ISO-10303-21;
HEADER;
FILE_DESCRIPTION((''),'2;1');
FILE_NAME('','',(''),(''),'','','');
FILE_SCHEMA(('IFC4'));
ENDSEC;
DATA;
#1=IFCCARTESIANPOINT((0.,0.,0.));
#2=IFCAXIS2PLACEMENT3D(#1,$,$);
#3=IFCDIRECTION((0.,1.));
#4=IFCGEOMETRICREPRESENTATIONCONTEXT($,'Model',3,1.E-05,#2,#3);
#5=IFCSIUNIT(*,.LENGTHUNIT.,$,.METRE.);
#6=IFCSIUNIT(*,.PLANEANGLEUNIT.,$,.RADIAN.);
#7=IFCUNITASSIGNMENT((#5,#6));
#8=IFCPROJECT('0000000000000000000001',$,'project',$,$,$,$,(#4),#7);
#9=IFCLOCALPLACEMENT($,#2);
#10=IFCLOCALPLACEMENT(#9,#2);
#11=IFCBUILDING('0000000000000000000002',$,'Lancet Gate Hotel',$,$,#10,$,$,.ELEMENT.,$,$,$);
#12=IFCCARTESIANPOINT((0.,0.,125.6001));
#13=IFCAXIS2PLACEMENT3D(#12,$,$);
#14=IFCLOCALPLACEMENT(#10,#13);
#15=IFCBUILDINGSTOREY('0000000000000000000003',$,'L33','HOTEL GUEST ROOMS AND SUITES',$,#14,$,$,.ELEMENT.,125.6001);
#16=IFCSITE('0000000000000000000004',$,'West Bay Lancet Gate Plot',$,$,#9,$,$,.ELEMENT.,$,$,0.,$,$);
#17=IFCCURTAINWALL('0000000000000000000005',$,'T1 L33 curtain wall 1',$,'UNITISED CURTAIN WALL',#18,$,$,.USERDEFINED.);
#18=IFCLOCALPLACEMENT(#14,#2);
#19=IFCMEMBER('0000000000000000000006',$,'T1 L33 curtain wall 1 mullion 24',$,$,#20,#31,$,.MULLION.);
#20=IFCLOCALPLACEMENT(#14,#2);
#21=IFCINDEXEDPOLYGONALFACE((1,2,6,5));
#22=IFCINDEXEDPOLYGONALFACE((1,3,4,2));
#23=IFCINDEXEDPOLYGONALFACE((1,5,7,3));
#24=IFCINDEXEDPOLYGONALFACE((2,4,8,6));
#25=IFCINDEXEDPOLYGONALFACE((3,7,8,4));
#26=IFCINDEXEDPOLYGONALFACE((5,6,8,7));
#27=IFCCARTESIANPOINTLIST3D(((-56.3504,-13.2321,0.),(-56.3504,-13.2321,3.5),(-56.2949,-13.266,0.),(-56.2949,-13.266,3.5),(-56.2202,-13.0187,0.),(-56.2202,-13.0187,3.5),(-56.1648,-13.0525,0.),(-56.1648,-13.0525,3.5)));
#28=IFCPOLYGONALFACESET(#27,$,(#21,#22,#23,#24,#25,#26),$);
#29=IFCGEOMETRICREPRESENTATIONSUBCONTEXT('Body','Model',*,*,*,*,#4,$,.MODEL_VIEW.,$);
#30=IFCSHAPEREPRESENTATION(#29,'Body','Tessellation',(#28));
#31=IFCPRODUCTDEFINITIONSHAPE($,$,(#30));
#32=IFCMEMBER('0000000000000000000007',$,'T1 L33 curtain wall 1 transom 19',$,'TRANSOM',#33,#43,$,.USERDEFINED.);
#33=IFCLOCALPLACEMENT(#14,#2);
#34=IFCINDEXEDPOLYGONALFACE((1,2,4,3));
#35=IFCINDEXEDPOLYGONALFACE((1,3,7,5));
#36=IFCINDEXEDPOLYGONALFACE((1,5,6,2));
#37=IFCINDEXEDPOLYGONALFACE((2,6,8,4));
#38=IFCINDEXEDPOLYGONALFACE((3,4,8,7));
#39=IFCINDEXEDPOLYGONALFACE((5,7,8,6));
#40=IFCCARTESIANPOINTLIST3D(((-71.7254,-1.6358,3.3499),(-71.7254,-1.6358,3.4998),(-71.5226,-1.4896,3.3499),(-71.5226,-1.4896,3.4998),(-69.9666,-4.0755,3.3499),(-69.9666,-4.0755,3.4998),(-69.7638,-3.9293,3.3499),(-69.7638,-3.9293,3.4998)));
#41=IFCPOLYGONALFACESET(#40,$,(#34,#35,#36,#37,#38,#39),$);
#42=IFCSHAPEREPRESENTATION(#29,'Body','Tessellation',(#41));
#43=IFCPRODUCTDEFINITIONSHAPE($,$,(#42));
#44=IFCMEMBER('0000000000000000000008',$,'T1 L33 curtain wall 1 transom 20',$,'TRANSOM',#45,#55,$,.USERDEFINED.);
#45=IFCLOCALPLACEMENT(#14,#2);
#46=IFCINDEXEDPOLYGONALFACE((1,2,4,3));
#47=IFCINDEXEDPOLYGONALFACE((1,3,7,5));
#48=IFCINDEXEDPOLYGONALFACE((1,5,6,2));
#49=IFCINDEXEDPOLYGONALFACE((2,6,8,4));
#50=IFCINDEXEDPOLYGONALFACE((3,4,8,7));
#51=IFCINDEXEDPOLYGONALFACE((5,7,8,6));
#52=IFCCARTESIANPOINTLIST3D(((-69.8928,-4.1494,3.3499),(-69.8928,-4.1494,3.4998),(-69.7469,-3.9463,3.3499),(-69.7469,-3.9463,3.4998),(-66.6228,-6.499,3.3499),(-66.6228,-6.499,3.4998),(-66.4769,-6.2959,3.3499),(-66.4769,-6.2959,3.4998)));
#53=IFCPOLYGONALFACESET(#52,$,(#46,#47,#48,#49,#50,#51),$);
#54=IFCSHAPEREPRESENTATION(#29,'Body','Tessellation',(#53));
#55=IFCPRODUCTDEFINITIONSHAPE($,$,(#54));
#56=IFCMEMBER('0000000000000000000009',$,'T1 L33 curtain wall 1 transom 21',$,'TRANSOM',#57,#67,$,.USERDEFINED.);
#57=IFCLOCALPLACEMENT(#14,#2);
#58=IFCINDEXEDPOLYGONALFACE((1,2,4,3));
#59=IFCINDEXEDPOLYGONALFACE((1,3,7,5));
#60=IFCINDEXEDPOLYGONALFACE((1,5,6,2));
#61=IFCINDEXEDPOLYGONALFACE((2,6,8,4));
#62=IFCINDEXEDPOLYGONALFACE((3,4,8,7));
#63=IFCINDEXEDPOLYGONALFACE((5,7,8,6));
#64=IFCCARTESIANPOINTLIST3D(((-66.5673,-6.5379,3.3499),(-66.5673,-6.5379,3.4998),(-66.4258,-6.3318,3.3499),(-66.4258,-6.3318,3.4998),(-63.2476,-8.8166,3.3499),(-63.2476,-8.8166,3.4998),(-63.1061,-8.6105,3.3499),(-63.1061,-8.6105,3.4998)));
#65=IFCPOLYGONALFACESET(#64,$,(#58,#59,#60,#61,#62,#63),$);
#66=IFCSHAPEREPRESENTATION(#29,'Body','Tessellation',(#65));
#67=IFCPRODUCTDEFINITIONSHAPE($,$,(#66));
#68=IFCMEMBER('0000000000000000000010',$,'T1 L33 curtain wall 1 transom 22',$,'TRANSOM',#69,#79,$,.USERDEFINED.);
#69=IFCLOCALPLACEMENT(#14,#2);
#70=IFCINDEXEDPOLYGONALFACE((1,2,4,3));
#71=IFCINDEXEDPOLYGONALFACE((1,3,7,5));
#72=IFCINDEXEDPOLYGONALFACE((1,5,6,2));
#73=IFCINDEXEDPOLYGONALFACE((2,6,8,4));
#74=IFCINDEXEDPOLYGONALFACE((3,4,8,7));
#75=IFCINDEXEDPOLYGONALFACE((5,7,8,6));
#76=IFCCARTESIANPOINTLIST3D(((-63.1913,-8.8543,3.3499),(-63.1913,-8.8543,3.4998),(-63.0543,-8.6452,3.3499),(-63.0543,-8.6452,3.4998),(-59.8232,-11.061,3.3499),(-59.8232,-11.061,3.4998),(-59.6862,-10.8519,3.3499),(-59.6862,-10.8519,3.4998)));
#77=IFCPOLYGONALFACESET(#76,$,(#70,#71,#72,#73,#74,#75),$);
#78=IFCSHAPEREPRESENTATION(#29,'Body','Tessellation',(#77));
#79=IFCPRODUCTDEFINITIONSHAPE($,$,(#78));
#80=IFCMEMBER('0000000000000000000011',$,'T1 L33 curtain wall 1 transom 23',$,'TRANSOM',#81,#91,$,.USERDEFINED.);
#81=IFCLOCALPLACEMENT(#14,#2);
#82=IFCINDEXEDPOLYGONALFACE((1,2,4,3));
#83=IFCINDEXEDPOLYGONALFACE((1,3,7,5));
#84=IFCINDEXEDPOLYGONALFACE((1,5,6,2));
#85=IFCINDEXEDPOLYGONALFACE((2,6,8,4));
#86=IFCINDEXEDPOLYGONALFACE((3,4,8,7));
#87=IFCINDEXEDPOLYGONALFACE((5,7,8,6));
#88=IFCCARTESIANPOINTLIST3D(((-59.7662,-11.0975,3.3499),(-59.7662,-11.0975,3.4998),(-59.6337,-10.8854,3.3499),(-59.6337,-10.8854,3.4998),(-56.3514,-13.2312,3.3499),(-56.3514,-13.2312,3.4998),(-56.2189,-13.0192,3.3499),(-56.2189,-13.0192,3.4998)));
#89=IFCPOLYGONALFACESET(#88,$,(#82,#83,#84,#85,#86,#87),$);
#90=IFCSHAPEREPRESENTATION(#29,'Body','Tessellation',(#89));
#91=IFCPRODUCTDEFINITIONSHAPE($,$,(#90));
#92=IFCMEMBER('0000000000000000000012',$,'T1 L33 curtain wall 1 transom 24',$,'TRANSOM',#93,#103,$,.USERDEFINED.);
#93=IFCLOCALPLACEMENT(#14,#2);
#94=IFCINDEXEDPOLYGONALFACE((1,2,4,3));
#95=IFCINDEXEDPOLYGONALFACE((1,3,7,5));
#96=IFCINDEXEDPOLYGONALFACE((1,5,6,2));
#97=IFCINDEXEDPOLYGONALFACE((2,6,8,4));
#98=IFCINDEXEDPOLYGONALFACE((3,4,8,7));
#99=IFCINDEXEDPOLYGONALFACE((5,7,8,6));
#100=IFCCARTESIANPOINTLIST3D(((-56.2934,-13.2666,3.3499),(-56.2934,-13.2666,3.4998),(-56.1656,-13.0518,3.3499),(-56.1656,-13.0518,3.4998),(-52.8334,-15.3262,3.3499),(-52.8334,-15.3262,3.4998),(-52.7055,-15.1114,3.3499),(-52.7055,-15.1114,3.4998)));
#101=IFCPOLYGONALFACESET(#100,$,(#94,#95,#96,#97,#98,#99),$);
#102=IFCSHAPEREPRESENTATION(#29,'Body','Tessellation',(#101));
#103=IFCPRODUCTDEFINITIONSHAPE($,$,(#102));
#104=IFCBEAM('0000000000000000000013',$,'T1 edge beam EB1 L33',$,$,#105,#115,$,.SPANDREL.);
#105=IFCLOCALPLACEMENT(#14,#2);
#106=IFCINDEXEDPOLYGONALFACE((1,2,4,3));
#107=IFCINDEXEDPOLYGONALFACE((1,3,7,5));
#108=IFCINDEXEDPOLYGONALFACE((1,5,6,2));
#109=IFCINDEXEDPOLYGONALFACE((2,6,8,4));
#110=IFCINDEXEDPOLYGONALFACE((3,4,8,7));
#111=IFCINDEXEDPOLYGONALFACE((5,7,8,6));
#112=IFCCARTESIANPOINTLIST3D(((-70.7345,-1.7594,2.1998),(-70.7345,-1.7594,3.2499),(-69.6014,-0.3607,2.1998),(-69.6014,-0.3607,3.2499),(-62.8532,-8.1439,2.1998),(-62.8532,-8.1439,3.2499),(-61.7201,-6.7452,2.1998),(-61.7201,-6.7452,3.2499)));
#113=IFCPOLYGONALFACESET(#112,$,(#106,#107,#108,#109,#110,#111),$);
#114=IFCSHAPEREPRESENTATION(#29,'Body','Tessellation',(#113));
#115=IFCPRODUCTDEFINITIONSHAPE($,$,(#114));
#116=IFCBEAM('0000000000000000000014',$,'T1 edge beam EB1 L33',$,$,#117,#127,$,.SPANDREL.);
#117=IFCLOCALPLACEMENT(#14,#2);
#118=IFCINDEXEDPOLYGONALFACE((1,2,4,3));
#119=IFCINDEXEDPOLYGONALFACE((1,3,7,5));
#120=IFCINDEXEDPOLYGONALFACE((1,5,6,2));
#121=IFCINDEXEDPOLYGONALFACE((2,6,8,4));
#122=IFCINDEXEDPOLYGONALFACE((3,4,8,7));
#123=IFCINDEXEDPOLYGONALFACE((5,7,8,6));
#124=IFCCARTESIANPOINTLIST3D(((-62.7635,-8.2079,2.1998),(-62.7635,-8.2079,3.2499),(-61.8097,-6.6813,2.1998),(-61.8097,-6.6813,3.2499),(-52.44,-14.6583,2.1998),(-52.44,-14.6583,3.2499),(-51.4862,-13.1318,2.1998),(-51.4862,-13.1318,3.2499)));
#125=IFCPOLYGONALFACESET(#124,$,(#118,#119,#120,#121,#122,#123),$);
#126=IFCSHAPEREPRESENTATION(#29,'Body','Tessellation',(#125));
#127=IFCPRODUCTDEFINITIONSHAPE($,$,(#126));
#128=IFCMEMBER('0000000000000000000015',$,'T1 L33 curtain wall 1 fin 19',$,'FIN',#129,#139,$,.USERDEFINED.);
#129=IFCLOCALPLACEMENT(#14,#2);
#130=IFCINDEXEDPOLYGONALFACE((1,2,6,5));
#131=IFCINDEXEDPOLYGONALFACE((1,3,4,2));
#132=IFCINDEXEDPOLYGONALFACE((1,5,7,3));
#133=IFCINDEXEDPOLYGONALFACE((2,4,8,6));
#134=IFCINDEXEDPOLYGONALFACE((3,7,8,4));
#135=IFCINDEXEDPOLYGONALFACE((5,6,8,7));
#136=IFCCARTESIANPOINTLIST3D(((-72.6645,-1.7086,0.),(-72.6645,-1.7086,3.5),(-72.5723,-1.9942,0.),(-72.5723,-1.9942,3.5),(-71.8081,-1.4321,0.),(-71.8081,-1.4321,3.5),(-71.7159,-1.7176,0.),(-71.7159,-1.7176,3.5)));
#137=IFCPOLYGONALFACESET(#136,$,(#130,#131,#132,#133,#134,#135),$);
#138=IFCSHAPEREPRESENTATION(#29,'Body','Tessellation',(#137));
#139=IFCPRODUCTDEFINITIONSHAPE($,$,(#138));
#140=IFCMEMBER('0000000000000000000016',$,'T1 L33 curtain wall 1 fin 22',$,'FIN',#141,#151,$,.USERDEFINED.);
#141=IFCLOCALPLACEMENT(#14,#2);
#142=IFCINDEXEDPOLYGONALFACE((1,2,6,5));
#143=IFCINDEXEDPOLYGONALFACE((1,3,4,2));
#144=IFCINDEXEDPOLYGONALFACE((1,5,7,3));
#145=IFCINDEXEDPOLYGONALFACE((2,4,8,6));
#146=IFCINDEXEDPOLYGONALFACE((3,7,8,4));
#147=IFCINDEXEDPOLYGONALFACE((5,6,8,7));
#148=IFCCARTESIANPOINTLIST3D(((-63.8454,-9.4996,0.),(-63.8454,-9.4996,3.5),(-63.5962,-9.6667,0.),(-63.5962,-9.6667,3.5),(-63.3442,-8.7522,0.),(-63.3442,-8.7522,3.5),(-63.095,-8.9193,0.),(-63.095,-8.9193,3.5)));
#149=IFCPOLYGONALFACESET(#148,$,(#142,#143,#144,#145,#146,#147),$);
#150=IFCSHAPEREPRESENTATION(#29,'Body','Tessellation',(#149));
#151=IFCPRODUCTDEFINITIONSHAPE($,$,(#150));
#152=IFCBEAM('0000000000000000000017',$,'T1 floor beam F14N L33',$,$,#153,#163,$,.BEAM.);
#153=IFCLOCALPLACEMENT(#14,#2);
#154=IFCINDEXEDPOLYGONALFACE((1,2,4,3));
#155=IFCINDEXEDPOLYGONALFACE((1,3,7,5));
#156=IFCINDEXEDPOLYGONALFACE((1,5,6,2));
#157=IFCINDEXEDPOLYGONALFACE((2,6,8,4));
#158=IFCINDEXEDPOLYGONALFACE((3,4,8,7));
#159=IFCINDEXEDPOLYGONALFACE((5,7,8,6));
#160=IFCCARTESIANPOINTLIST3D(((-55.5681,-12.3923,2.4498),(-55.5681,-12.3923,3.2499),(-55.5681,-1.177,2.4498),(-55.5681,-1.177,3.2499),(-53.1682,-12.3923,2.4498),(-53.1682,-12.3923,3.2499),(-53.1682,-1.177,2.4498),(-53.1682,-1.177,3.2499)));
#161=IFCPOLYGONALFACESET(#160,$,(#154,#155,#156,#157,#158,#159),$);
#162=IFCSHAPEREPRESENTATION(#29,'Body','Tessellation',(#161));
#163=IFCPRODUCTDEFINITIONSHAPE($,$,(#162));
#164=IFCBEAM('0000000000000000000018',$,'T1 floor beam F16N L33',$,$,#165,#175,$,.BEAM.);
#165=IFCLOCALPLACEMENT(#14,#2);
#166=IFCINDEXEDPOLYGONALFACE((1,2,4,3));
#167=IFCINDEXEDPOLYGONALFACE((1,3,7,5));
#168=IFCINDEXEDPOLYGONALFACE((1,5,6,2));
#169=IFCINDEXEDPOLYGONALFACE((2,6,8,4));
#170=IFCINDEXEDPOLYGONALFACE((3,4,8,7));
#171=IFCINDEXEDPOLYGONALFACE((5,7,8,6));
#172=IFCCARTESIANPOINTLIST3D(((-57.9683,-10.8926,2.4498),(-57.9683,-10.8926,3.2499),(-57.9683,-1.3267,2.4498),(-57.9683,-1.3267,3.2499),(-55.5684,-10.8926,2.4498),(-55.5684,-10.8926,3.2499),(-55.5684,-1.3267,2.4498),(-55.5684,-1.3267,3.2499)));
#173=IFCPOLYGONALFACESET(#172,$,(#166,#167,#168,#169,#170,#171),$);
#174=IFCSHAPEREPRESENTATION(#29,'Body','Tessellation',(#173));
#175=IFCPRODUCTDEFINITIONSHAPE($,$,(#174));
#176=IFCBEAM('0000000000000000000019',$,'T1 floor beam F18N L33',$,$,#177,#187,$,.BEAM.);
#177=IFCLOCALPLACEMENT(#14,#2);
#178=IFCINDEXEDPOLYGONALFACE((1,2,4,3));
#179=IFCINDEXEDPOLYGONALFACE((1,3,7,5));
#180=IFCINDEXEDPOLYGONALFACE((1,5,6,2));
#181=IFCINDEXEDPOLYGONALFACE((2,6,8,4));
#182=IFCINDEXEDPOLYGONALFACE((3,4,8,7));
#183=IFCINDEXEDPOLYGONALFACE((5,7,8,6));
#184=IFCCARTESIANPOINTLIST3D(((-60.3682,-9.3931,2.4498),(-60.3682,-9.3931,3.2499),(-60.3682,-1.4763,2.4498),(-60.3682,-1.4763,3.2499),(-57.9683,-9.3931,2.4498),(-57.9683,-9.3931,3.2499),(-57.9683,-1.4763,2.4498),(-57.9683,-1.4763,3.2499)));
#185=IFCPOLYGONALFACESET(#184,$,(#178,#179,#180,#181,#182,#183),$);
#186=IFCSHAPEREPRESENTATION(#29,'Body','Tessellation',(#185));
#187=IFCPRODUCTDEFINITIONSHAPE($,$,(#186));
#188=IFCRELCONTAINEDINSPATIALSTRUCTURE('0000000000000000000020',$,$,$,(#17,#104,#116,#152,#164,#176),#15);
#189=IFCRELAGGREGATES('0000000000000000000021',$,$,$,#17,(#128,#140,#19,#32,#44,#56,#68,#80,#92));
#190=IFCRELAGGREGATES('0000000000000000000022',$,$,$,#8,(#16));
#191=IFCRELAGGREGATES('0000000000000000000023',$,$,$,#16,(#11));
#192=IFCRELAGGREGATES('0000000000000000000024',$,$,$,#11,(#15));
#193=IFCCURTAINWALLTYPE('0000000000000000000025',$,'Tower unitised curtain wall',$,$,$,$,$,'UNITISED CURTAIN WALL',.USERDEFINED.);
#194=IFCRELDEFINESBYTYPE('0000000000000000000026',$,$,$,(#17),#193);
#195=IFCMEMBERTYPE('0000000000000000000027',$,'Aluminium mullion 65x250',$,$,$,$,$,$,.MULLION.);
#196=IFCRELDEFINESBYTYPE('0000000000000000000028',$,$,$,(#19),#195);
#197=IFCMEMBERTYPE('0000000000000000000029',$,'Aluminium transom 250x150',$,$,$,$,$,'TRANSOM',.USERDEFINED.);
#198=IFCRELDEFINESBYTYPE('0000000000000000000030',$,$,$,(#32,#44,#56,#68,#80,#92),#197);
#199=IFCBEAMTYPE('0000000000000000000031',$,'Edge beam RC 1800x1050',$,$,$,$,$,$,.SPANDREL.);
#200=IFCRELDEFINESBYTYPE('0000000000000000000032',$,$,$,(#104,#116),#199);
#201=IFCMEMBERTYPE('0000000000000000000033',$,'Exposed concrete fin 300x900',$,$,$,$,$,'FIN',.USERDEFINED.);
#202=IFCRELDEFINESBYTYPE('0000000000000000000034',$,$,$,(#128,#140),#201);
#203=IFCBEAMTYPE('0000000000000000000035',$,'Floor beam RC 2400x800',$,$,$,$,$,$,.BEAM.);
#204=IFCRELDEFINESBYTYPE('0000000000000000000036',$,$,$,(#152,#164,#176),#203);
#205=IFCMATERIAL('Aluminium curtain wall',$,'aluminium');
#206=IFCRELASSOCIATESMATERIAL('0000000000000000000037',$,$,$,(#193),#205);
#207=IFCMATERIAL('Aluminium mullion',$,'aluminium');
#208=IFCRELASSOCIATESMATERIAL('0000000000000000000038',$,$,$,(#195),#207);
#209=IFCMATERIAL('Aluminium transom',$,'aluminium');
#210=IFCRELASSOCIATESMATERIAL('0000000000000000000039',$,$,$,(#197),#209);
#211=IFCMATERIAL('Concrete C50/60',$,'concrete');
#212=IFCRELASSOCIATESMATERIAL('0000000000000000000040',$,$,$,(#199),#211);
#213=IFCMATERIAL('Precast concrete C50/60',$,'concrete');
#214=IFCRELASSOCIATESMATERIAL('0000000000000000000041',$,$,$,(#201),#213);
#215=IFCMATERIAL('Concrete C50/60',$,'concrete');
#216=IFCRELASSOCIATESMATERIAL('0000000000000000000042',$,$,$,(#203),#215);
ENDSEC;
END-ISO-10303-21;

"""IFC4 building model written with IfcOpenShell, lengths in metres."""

from ifc_helpers import new_model, si_unit, direction, frame, origin, origin_2d, place, context, subcontext, project, spatial, rectangle, extrude, material, material_profile, profile_set, type_object, element, aggregate, save


model = new_model("IFC4")

# Units and contexts
model_context = context("Model", 3, precision=1e-05, world=origin(), true_north=direction((0.0, 1.0)))
body_context = subcontext(model_context, "Body", "Model", "MODEL_VIEW")
ifc_project = project(units=[si_unit("LENGTHUNIT", "METRE"), si_unit("PLANEANGLEUNIT", "RADIAN")], contexts=[model_context])

# Site, building, storey
site_placement = place(None, origin())
site = spatial("IfcSite", under=ifc_project, at=site_placement, Name="West Bay Lancet Gate Plot", CompositionType="ELEMENT", RefElevation=0.0)
building_placement = place(site_placement, origin())
building = spatial("IfcBuilding", under=site, at=building_placement, Name="Lancet Gate Hotel", CompositionType="ELEMENT")
storey_placement = place(building_placement, frame((0.0, 0.0, 125.6001)))
storey = spatial("IfcBuildingStorey", under=building, at=storey_placement, Name="L33", Description="HOTEL GUEST ROOMS AND SUITES", CompositionType="ELEMENT", Elevation=125.6001)

# Curtain wall, members
ifc_material_1 = material(Name="Aluminium curtain wall", Category="aluminium")
curtain_wall_type = type_object("IfcCurtainWallType", Name="Tower unitised curtain wall", ElementType="UNITISED CURTAIN WALL", PredefinedType="USERDEFINED", material=ifc_material_1)
curtain_wall_placement = place(storey_placement, origin())
curtain_wall = element("IfcCurtainWall", 1, at=curtain_wall_placement, inside=storey, type_object=curtain_wall_type, Name="T1 L33 curtain wall 1", ObjectType="UNITISED CURTAIN WALL", PredefinedType="USERDEFINED")
ifc_material_2 = material(Name="Aluminium mullion", Category="aluminium")
ifc_material_profile_1 = material_profile(ifc_material_2, rectangle(XDim=0.0649, YDim=0.25, at=origin_2d()), Name="MULLION 65x250")
ifc_profile_set_1 = profile_set([ifc_material_profile_1], Name="Aluminium mullion")
member_type_1 = type_object("IfcMemberType", Name="Aluminium mullion 65x250", PredefinedType="MULLION", material=ifc_profile_set_1)
member_1_placement = place(storey_placement, frame((-56.2576, -13.1423, 0.0), z_axis=(0.0, 0.0, 1.0), x_axis=(0.853716, -0.520739, 0.0)))
member_1 = element("IfcMember", 2, at=member_1_placement, type_object=member_type_1, Name="T1 L33 curtain wall 1 mullion 24", PredefinedType="MULLION", context=body_context, shape_type="SweptSolid", body=[
    extrude(rectangle(XDim=0.0649, YDim=0.25, at=origin_2d()), origin(), (0.0, 0.0, 1.0), 3.5),
])
ifc_material_3 = material(Name="Aluminium transom", Category="aluminium")
ifc_material_profile_2 = material_profile(ifc_material_3, rectangle(XDim=0.25, YDim=0.1499, at=origin_2d()), Name="TRANSOM 250x150")
ifc_profile_set_2 = profile_set([ifc_material_profile_2], Name="Aluminium transom")
member_type_2 = type_object("IfcMemberType", Name="Aluminium transom 250x150", ElementType="TRANSOM", PredefinedType="USERDEFINED", material=ifc_profile_set_2)
member_2_placement = place(storey_placement, frame((-71.624, -1.5627, 3.4248), z_axis=(0.584788, -0.811186, 0.0), x_axis=(0.811186, 0.584788, 0.0)))
member_2 = element("IfcMember", 3, at=member_2_placement, type_object=member_type_2, Name="T1 L33 curtain wall 1 transom 19", ObjectType="TRANSOM", PredefinedType="USERDEFINED", context=body_context, shape_type="SweptSolid", body=[
    extrude(rectangle(XDim=0.25, YDim=0.1499, at=origin_2d()), origin(), (0.0, 0.0, 1.0), 3.0076),
])
member_3_placement = place(storey_placement, frame((-69.8198, -4.0479, 3.4248), z_axis=(0.8121, -0.583519, 0.0), x_axis=(0.583519, 0.8121, 0.0)))
member_3 = element("IfcMember", 4, at=member_3_placement, type_object=member_type_2, Name="T1 L33 curtain wall 1 transom 20", ObjectType="TRANSOM", PredefinedType="USERDEFINED", context=body_context, shape_type="SweptSolid", body=[
    extrude(rectangle(XDim=0.25, YDim=0.1499, at=origin_2d()), origin(), (0.0, 0.0, 1.0), 4.0266),
])
member_4_placement = place(storey_placement, frame((-66.4966, -6.4348, 3.4248), z_axis=(0.824456, -0.565927, 0.0), x_axis=(0.565927, 0.824456, 0.0)))
member_4 = element("IfcMember", 5, at=member_4_placement, type_object=member_type_2, Name="T1 L33 curtain wall 1 transom 21", ObjectType="TRANSOM", PredefinedType="USERDEFINED", context=body_context, shape_type="SweptSolid", body=[
    extrude(rectangle(XDim=0.25, YDim=0.1499, at=origin_2d()), origin(), (0.0, 0.0, 1.0), 4.0266),
])
member_5_placement = place(storey_placement, frame((-63.1228, -8.7498, 3.4248), z_axis=(0.836454, -0.548036, 0.0), x_axis=(0.548036, 0.836454, 0.0)))
member_5 = element("IfcMember", 6, at=member_5_placement, type_object=member_type_2, Name="T1 L33 curtain wall 1 transom 22", ObjectType="TRANSOM", PredefinedType="USERDEFINED", context=body_context, shape_type="SweptSolid", body=[
    extrude(rectangle(XDim=0.25, YDim=0.1499, at=origin_2d()), origin(), (0.0, 0.0, 1.0), 4.0266),
])
member_6_placement = place(storey_placement, frame((-59.7, -10.9915, 3.4248), z_axis=(0.848049, -0.529917, 0.0), x_axis=(0.529917, 0.848049, 0.0)))
member_6 = element("IfcMember", 7, at=member_6_placement, type_object=member_type_2, Name="T1 L33 curtain wall 1 transom 23", ObjectType="TRANSOM", PredefinedType="USERDEFINED", context=body_context, shape_type="SweptSolid", body=[
    extrude(rectangle(XDim=0.25, YDim=0.1499, at=origin_2d()), origin(), (0.0, 0.0, 1.0), 4.0266),
])
member_7_placement = place(storey_placement, frame((-56.2295, -13.1592, 3.4248), z_axis=(0.859285, -0.511497, 0.0), x_axis=(0.511497, 0.859285, 0.0)))
member_7 = element("IfcMember", 8, at=member_7_placement, type_object=member_type_2, Name="T1 L33 curtain wall 1 transom 24", ObjectType="TRANSOM", PredefinedType="USERDEFINED", context=body_context, shape_type="SweptSolid", body=[
    extrude(rectangle(XDim=0.25, YDim=0.1499, at=origin_2d()), origin(), (0.0, 0.0, 1.0), 4.0266),
])

# Beams
ifc_material_4 = material(Name="Concrete C50/60", Category="concrete")
ifc_material_profile_3 = material_profile(ifc_material_4, rectangle(XDim=1.8, YDim=1.05, at=origin_2d()), Name="RC 1800x1050")
ifc_profile_set_3 = profile_set([ifc_material_profile_3], Name="Concrete C50/60")
beam_type_1 = type_object("IfcBeamType", Name="Edge beam RC 1800x1050", PredefinedType="SPANDREL", material=ifc_profile_set_3)
beam_1_placement = place(storey_placement, frame((-70.168, -1.0601, 2.7249), z_axis=(0.777034, -0.629459, 0.0), x_axis=(0.629459, 0.777034, 0.0)))
element("IfcBeam", 9, at=beam_1_placement, inside=storey, type_object=beam_type_1, Name="T1 edge beam EB1 L33", PredefinedType="SPANDREL", context=body_context, shape_type="SweptSolid", body=[
    extrude(rectangle(XDim=1.8, YDim=1.05, at=origin_2d()), origin(), (0.0, 0.0, 1.0), 10.1428),
])
beam_2_placement = place(storey_placement, frame((-62.2866, -7.4446, 2.7249), z_axis=(0.848063, -0.529896, 0.0), x_axis=(0.529896, 0.848063, 0.0)))
element("IfcBeam", 10, at=beam_2_placement, inside=storey, type_object=beam_type_1, Name="T1 edge beam EB1 L33", PredefinedType="SPANDREL", context=body_context, shape_type="SweptSolid", body=[
    extrude(rectangle(XDim=1.8, YDim=1.05, at=origin_2d()), origin(), (0.0, 0.0, 1.0), 12.1731),
])

# Members
ifc_material_5 = material(Name="Precast concrete C50/60", Category="concrete")
ifc_material_profile_4 = material_profile(ifc_material_5, rectangle(XDim=0.3, YDim=0.8999, at=origin_2d()), Name="FIN 300x900")
ifc_profile_set_4 = profile_set([ifc_material_profile_4], Name="Precast concrete C50/60")
member_type_3 = type_object("IfcMemberType", Name="Exposed concrete fin 300x900", ElementType="FIN", PredefinedType="USERDEFINED", material=ifc_profile_set_4)
member_8_placement = place(storey_placement, frame((-72.1902, -1.7131, 0.0), z_axis=(0.0, 0.0, 1.0), x_axis=(0.307269, -0.951623, 0.0)))
member_8 = element("IfcMember", 11, at=member_8_placement, type_object=member_type_3, Name="T1 L33 curtain wall 1 fin 19", ObjectType="FIN", PredefinedType="USERDEFINED", context=body_context, shape_type="SweptSolid", body=[
    extrude(rectangle(XDim=0.3, YDim=0.8999, at=origin_2d()), origin(), (0.0, 0.0, 1.0), 3.5),
])
member_9_placement = place(storey_placement, frame((-63.4702, -9.2095, 0.0), z_axis=(0.0, 0.0, 1.0), x_axis=(0.83051, -0.557004, 0.0)))
member_9 = element("IfcMember", 12, at=member_9_placement, type_object=member_type_3, Name="T1 L33 curtain wall 1 fin 22", ObjectType="FIN", PredefinedType="USERDEFINED", context=body_context, shape_type="SweptSolid", body=[
    extrude(rectangle(XDim=0.3, YDim=0.8999, at=origin_2d()), origin(), (0.0, 0.0, 1.0), 3.5),
])

# Beams
ifc_material_6 = material(Name="Concrete C50/60", Category="concrete")
ifc_material_profile_5 = material_profile(ifc_material_6, rectangle(XDim=2.3999, YDim=0.8, at=origin_2d()), Name="RC 2400x800")
ifc_profile_set_5 = profile_set([ifc_material_profile_5], Name="Concrete C50/60")
beam_type_2 = type_object("IfcBeamType", Name="Floor beam RC 2400x800", PredefinedType="BEAM", material=ifc_profile_set_5)
beam_3_placement = place(storey_placement, frame((-54.3682, -1.177, 2.8499), z_axis=(0.0, -1.0, 0.0), x_axis=(1.0, 0.0, 0.0)))
element("IfcBeam", 13, at=beam_3_placement, inside=storey, type_object=beam_type_2, Name="T1 floor beam F14N L33", PredefinedType="BEAM", context=body_context, shape_type="SweptSolid", body=[
    extrude(rectangle(XDim=2.3999, YDim=0.8, at=origin_2d()), origin(), (0.0, 0.0, 1.0), 11.2153),
])
beam_4_placement = place(storey_placement, frame((-56.7683, -1.3267, 2.8499), z_axis=(0.0, -1.0, 0.0), x_axis=(1.0, 0.0, 0.0)))
element("IfcBeam", 14, at=beam_4_placement, inside=storey, type_object=beam_type_2, Name="T1 floor beam F16N L33", PredefinedType="BEAM", context=body_context, shape_type="SweptSolid", body=[
    extrude(rectangle(XDim=2.3999, YDim=0.8, at=origin_2d()), origin(), (0.0, 0.0, 1.0), 9.5659),
])
beam_5_placement = place(storey_placement, frame((-59.1682, -1.4763, 2.8499), z_axis=(0.0, -1.0, 0.0), x_axis=(1.0, 0.0, 0.0)))
element("IfcBeam", 15, at=beam_5_placement, inside=storey, type_object=beam_type_2, Name="T1 floor beam F18N L33", PredefinedType="BEAM", context=body_context, shape_type="SweptSolid", body=[
    extrude(rectangle(XDim=2.3999, YDim=0.8, at=origin_2d()), origin(), (0.0, 0.0, 1.0), 7.9167),
])

aggregate(curtain_wall, [member_8, member_9, member_1, member_2, member_3, member_4, member_5, member_6, member_7])

save(model, "model.ifc")
